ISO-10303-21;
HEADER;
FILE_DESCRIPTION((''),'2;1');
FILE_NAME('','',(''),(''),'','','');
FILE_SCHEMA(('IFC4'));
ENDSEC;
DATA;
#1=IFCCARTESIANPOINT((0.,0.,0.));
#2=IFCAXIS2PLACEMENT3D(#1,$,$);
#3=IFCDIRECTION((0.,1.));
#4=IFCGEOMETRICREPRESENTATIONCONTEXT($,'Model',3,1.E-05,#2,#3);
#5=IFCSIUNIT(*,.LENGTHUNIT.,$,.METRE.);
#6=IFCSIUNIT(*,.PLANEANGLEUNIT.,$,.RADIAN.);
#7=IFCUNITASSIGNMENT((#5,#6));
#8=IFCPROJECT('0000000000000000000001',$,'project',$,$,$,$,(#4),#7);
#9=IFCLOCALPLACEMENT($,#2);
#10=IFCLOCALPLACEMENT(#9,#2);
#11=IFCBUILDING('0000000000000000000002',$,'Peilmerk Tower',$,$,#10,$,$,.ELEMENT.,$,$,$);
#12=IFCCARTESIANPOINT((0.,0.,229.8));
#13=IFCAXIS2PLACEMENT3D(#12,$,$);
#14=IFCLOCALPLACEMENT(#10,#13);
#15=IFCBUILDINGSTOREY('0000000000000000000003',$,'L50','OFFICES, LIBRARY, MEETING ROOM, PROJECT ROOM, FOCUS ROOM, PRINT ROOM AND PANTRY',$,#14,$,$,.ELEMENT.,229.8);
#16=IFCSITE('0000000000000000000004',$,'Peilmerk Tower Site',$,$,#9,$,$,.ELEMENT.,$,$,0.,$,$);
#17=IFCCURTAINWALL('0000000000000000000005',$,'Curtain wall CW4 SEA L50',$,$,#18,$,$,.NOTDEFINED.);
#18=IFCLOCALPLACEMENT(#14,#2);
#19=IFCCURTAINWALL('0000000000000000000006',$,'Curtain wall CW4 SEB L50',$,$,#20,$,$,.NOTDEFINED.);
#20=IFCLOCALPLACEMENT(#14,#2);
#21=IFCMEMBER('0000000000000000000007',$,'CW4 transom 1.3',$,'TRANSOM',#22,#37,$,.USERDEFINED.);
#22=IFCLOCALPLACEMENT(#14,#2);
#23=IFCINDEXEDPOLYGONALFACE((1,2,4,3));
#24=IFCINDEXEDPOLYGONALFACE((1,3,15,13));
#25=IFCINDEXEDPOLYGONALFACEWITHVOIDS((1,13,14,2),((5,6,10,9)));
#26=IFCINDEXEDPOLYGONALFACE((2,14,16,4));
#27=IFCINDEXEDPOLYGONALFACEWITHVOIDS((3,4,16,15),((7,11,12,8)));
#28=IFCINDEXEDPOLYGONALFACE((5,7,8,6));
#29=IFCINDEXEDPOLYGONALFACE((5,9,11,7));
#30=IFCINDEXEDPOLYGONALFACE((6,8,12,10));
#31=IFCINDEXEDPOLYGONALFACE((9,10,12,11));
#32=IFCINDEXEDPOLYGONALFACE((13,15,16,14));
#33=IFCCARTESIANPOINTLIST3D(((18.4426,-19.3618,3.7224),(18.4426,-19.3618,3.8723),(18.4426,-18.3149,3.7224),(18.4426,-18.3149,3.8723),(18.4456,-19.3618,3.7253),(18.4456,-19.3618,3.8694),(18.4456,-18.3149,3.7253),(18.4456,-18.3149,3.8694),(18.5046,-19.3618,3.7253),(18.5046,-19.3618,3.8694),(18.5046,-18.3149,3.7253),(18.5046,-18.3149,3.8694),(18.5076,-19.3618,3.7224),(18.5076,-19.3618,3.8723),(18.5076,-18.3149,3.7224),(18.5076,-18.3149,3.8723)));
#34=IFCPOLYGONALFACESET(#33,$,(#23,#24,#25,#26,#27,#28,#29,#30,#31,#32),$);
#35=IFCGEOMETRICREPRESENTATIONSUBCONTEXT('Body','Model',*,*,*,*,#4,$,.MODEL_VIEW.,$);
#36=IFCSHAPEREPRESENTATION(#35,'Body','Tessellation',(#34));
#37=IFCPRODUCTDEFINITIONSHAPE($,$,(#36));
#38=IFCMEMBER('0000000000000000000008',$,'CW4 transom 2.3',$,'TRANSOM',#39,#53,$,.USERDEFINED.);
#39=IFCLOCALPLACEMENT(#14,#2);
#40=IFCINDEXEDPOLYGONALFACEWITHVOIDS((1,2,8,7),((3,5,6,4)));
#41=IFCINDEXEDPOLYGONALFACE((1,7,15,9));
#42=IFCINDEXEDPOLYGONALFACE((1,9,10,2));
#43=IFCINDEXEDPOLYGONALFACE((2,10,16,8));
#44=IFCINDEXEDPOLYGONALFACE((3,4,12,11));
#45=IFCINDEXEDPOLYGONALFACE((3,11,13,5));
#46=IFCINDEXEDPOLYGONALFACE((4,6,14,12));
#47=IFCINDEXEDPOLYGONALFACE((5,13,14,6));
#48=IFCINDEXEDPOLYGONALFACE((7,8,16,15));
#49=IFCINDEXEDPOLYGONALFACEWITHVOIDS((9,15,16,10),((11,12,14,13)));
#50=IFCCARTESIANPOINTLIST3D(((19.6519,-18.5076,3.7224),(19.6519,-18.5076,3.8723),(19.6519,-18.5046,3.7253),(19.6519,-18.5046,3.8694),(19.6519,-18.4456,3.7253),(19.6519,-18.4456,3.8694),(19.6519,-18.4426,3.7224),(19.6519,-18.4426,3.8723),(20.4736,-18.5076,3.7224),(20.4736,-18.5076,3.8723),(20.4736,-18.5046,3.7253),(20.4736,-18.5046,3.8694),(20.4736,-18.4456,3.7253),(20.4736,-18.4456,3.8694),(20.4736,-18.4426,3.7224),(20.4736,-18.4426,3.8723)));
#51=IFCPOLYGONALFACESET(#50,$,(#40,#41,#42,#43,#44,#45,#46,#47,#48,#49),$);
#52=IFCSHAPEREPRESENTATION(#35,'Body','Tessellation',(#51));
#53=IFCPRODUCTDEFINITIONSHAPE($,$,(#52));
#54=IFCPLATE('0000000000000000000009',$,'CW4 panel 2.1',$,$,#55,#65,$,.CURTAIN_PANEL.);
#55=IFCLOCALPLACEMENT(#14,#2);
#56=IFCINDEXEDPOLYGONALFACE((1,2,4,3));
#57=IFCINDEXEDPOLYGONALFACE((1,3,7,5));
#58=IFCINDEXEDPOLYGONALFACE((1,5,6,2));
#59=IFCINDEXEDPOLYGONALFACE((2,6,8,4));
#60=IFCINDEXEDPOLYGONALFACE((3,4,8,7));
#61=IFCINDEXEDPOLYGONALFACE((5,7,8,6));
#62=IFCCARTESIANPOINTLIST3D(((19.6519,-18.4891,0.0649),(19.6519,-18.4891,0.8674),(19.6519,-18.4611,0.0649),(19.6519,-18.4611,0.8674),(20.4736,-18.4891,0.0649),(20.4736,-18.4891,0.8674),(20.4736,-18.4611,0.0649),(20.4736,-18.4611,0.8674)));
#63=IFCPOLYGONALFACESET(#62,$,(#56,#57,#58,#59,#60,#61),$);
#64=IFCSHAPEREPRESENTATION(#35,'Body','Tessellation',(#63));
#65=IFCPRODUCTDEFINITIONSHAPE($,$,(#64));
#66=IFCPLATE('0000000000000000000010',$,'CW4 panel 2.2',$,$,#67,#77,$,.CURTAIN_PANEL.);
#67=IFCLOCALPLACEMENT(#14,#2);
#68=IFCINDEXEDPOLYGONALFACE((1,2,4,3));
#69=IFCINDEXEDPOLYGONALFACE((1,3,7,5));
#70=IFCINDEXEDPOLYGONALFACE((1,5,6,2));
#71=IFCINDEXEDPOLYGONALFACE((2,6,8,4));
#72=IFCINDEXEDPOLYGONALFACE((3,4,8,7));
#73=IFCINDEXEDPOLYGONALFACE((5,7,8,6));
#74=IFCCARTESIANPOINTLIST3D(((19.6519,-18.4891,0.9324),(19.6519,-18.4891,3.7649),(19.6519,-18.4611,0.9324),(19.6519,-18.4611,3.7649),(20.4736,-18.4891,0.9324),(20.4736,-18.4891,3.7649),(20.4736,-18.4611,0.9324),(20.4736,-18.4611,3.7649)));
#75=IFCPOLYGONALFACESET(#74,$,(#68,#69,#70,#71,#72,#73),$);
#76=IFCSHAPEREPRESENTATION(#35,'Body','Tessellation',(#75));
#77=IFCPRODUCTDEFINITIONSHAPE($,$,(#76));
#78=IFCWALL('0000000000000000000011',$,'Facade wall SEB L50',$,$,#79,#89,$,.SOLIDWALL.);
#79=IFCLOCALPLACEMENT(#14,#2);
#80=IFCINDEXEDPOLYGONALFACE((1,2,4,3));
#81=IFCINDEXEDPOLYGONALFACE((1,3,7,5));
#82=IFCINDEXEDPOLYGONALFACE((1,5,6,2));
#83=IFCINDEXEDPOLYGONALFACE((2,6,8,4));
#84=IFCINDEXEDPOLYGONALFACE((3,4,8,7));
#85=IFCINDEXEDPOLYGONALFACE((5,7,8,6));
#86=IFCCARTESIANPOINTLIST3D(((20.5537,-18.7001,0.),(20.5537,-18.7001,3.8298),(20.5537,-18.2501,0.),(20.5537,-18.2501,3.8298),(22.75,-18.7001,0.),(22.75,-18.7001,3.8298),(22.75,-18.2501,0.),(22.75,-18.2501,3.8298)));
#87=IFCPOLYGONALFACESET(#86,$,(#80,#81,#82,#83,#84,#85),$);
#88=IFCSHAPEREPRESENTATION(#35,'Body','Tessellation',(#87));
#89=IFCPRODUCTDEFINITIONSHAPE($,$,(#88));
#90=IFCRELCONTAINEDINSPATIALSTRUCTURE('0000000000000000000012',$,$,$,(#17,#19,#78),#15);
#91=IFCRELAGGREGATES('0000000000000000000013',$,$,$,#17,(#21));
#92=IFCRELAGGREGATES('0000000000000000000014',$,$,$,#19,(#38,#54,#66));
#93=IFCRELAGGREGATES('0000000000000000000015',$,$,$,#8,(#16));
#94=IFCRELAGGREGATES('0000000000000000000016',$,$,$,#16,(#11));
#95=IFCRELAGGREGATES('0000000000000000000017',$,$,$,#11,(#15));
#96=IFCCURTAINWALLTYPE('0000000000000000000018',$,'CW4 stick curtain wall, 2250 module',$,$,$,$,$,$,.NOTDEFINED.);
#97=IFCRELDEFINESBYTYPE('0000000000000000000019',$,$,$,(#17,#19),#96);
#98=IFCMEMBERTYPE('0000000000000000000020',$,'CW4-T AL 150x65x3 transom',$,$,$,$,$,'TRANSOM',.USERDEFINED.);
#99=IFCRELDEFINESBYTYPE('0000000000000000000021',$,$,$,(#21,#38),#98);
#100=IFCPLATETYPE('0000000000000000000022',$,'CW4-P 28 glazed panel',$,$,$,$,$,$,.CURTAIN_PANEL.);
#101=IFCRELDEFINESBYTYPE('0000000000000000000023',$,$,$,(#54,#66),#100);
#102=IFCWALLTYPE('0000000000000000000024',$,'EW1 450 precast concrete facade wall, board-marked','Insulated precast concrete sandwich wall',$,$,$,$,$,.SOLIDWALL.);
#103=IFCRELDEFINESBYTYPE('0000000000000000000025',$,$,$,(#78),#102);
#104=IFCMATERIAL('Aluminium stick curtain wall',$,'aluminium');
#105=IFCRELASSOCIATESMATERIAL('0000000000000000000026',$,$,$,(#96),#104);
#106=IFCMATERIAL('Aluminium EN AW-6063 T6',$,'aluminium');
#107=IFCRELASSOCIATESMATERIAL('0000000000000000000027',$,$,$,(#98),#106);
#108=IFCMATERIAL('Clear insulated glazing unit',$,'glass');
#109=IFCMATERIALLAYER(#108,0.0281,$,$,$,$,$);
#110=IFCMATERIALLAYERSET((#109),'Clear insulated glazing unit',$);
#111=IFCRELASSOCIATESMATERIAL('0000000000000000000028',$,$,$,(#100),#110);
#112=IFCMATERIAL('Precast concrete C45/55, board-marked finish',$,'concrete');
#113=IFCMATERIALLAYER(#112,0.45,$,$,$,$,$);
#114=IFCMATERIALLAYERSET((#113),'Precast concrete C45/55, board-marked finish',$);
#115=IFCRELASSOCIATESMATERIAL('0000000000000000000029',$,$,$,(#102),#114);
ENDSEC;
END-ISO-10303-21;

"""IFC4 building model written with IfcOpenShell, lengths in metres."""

from ifc_helpers import new_model, si_unit, direction, frame, frame_2d, origin, origin_2d, place, context, subcontext, project, spatial, rectangle, hollow_rectangle, extrude, material, layer, layer_set, material_profile, profile_set, type_object, element, aggregate, save


model = new_model("IFC4")

# Units and contexts
model_context = context("Model", 3, precision=1e-05, world=origin(), true_north=direction((0.0, 1.0)))
body_context = subcontext(model_context, "Body", "Model", "MODEL_VIEW")
ifc_project = project(units=[si_unit("LENGTHUNIT", "METRE"), si_unit("PLANEANGLEUNIT", "RADIAN")], contexts=[model_context])

# Site, building, storey
site_placement = place(None, origin())
site = spatial("IfcSite", under=ifc_project, at=site_placement, Name="Peilmerk Tower Site", CompositionType="ELEMENT", RefElevation=0.0)
building_placement = place(site_placement, origin())
building = spatial("IfcBuilding", under=site, at=building_placement, Name="Peilmerk Tower", CompositionType="ELEMENT")
storey_placement = place(building_placement, frame((0.0, 0.0, 229.8)))
storey = spatial("IfcBuildingStorey", under=building, at=storey_placement, Name="L50", Description="OFFICES, LIBRARY, MEETING ROOM, PROJECT ROOM, FOCUS ROOM, PRINT ROOM AND PANTRY", CompositionType="ELEMENT", Elevation=229.8)

# Curtain walls
ifc_material_1 = material(Name="Aluminium stick curtain wall", Category="aluminium")
curtain_wall_type = type_object("IfcCurtainWallType", Name="CW4 stick curtain wall, 2250 module", PredefinedType="NOTDEFINED", material=ifc_material_1)
curtain_wall_1_placement = place(storey_placement, origin())
curtain_wall_1 = element("IfcCurtainWall", 1, at=curtain_wall_1_placement, inside=storey, type_object=curtain_wall_type, Name="Curtain wall CW4 SEA L50", PredefinedType="NOTDEFINED")
ifc_material_2 = material(Name="Aluminium EN AW-6063 T6", Category="aluminium")
curtain_wall_2_placement = place(storey_placement, origin())
curtain_wall_2 = element("IfcCurtainWall", 2, at=curtain_wall_2_placement, inside=storey, type_object=curtain_wall_type, Name="Curtain wall CW4 SEB L50", PredefinedType="NOTDEFINED")

# Members
ifc_material_profile_1 = material_profile(ifc_material_2, hollow_rectangle(XDim=0.0649, YDim=0.1499, WallThickness=0.0029, at=origin_2d()), Name="AL 150x65x3")
ifc_profile_set_1 = profile_set([ifc_material_profile_1], Name="Aluminium EN AW-6063 T6")
member_type_1 = type_object("IfcMemberType", Name="CW4-T AL 150x65x3 transom", ElementType="TRANSOM", PredefinedType="USERDEFINED", material=ifc_profile_set_1)
member_1_placement = place(storey_placement, frame((18.4751, -18.3149, 3.7974), z_axis=(0.0, -1.0, 0.0), x_axis=(1.0, 0.0, 0.0)))
member_1 = element("IfcMember", 3, at=member_1_placement, type_object=member_type_1, Name="CW4 transom 1.3", ObjectType="TRANSOM", PredefinedType="USERDEFINED", context=body_context, shape_type="SweptSolid", body=[
    extrude(hollow_rectangle(XDim=0.0649, YDim=0.1499, WallThickness=0.0029, at=origin_2d()), origin(), (0.0, 0.0, 1.0), 1.0469),
])
aggregate(curtain_wall_1, [member_1])
member_2_placement = place(storey_placement, frame((19.6519, -18.4751, 3.7974), z_axis=(1.0, 0.0, 0.0), x_axis=(0.0, 1.0, 0.0)))
member_2 = element("IfcMember", 4, at=member_2_placement, type_object=member_type_1, Name="CW4 transom 2.3", ObjectType="TRANSOM", PredefinedType="USERDEFINED", context=body_context, shape_type="SweptSolid", body=[
    extrude(hollow_rectangle(XDim=0.0649, YDim=0.1499, WallThickness=0.0029, at=origin_2d()), origin(), (0.0, 0.0, 1.0), 0.8218),
])

# Plates
ifc_material_3 = material(Name="Clear insulated glazing unit", Category="glass")
ifc_layer_1 = layer(ifc_material_3, 0.0281)
ifc_layer_set_1 = layer_set([ifc_layer_1], Name="Clear insulated glazing unit")
plate_type = type_object("IfcPlateType", Name="CW4-P 28 glazed panel", PredefinedType="CURTAIN_PANEL", material=ifc_layer_set_1)
plate_1_placement = place(storey_placement, frame((20.0627, -18.4751, 0.0649), z_axis=(0.0, 0.0, 1.0), x_axis=(1.0, 0.0, 0.0)))
plate_1 = element("IfcPlate", 5, at=plate_1_placement, type_object=plate_type, Name="CW4 panel 2.1", PredefinedType="CURTAIN_PANEL", context=body_context, shape_type="SweptSolid", body=[
    extrude(rectangle(XDim=0.8218, YDim=0.0281, at=origin_2d()), origin(), (0.0, 0.0, 1.0), 0.8025),
])
plate_2_placement = place(storey_placement, frame((20.0627, -18.4751, 0.9324), z_axis=(0.0, 0.0, 1.0), x_axis=(1.0, 0.0, 0.0)))
plate_2 = element("IfcPlate", 6, at=plate_2_placement, type_object=plate_type, Name="CW4 panel 2.2", PredefinedType="CURTAIN_PANEL", context=body_context, shape_type="SweptSolid", body=[
    extrude(rectangle(XDim=0.8218, YDim=0.0281, at=origin_2d()), origin(), (0.0, 0.0, 1.0), 2.8325),
])
aggregate(curtain_wall_2, [member_2, plate_1, plate_2])

# Wall
ifc_material_4 = material(Name="Precast concrete C45/55, board-marked finish", Category="concrete")
ifc_layer_2 = layer(ifc_material_4, 0.45)
ifc_layer_set_2 = layer_set([ifc_layer_2], Name="Precast concrete C45/55, board-marked finish")
wall_type_1 = type_object("IfcWallType", Name="EW1 450 precast concrete facade wall, board-marked", Description="Insulated precast concrete sandwich wall", PredefinedType="SOLIDWALL", material=ifc_layer_set_2)
wall_1_placement = place(storey_placement, frame((20.5537, -18.4751, 0.0), z_axis=(0.0, 0.0, 1.0), x_axis=(1.0, 0.0, 0.0)))
element("IfcWall", 7, at=wall_1_placement, inside=storey, type_object=wall_type_1, Name="Facade wall SEB L50", PredefinedType="SOLIDWALL", context=body_context, shape_type="SweptSolid", body=[
    extrude(rectangle(XDim=2.1963, YDim=0.45, at=frame_2d((1.0981, 0.0))), origin(), (0.0, 0.0, 1.0), 3.8298),
])

save(model, "model.ifc")
